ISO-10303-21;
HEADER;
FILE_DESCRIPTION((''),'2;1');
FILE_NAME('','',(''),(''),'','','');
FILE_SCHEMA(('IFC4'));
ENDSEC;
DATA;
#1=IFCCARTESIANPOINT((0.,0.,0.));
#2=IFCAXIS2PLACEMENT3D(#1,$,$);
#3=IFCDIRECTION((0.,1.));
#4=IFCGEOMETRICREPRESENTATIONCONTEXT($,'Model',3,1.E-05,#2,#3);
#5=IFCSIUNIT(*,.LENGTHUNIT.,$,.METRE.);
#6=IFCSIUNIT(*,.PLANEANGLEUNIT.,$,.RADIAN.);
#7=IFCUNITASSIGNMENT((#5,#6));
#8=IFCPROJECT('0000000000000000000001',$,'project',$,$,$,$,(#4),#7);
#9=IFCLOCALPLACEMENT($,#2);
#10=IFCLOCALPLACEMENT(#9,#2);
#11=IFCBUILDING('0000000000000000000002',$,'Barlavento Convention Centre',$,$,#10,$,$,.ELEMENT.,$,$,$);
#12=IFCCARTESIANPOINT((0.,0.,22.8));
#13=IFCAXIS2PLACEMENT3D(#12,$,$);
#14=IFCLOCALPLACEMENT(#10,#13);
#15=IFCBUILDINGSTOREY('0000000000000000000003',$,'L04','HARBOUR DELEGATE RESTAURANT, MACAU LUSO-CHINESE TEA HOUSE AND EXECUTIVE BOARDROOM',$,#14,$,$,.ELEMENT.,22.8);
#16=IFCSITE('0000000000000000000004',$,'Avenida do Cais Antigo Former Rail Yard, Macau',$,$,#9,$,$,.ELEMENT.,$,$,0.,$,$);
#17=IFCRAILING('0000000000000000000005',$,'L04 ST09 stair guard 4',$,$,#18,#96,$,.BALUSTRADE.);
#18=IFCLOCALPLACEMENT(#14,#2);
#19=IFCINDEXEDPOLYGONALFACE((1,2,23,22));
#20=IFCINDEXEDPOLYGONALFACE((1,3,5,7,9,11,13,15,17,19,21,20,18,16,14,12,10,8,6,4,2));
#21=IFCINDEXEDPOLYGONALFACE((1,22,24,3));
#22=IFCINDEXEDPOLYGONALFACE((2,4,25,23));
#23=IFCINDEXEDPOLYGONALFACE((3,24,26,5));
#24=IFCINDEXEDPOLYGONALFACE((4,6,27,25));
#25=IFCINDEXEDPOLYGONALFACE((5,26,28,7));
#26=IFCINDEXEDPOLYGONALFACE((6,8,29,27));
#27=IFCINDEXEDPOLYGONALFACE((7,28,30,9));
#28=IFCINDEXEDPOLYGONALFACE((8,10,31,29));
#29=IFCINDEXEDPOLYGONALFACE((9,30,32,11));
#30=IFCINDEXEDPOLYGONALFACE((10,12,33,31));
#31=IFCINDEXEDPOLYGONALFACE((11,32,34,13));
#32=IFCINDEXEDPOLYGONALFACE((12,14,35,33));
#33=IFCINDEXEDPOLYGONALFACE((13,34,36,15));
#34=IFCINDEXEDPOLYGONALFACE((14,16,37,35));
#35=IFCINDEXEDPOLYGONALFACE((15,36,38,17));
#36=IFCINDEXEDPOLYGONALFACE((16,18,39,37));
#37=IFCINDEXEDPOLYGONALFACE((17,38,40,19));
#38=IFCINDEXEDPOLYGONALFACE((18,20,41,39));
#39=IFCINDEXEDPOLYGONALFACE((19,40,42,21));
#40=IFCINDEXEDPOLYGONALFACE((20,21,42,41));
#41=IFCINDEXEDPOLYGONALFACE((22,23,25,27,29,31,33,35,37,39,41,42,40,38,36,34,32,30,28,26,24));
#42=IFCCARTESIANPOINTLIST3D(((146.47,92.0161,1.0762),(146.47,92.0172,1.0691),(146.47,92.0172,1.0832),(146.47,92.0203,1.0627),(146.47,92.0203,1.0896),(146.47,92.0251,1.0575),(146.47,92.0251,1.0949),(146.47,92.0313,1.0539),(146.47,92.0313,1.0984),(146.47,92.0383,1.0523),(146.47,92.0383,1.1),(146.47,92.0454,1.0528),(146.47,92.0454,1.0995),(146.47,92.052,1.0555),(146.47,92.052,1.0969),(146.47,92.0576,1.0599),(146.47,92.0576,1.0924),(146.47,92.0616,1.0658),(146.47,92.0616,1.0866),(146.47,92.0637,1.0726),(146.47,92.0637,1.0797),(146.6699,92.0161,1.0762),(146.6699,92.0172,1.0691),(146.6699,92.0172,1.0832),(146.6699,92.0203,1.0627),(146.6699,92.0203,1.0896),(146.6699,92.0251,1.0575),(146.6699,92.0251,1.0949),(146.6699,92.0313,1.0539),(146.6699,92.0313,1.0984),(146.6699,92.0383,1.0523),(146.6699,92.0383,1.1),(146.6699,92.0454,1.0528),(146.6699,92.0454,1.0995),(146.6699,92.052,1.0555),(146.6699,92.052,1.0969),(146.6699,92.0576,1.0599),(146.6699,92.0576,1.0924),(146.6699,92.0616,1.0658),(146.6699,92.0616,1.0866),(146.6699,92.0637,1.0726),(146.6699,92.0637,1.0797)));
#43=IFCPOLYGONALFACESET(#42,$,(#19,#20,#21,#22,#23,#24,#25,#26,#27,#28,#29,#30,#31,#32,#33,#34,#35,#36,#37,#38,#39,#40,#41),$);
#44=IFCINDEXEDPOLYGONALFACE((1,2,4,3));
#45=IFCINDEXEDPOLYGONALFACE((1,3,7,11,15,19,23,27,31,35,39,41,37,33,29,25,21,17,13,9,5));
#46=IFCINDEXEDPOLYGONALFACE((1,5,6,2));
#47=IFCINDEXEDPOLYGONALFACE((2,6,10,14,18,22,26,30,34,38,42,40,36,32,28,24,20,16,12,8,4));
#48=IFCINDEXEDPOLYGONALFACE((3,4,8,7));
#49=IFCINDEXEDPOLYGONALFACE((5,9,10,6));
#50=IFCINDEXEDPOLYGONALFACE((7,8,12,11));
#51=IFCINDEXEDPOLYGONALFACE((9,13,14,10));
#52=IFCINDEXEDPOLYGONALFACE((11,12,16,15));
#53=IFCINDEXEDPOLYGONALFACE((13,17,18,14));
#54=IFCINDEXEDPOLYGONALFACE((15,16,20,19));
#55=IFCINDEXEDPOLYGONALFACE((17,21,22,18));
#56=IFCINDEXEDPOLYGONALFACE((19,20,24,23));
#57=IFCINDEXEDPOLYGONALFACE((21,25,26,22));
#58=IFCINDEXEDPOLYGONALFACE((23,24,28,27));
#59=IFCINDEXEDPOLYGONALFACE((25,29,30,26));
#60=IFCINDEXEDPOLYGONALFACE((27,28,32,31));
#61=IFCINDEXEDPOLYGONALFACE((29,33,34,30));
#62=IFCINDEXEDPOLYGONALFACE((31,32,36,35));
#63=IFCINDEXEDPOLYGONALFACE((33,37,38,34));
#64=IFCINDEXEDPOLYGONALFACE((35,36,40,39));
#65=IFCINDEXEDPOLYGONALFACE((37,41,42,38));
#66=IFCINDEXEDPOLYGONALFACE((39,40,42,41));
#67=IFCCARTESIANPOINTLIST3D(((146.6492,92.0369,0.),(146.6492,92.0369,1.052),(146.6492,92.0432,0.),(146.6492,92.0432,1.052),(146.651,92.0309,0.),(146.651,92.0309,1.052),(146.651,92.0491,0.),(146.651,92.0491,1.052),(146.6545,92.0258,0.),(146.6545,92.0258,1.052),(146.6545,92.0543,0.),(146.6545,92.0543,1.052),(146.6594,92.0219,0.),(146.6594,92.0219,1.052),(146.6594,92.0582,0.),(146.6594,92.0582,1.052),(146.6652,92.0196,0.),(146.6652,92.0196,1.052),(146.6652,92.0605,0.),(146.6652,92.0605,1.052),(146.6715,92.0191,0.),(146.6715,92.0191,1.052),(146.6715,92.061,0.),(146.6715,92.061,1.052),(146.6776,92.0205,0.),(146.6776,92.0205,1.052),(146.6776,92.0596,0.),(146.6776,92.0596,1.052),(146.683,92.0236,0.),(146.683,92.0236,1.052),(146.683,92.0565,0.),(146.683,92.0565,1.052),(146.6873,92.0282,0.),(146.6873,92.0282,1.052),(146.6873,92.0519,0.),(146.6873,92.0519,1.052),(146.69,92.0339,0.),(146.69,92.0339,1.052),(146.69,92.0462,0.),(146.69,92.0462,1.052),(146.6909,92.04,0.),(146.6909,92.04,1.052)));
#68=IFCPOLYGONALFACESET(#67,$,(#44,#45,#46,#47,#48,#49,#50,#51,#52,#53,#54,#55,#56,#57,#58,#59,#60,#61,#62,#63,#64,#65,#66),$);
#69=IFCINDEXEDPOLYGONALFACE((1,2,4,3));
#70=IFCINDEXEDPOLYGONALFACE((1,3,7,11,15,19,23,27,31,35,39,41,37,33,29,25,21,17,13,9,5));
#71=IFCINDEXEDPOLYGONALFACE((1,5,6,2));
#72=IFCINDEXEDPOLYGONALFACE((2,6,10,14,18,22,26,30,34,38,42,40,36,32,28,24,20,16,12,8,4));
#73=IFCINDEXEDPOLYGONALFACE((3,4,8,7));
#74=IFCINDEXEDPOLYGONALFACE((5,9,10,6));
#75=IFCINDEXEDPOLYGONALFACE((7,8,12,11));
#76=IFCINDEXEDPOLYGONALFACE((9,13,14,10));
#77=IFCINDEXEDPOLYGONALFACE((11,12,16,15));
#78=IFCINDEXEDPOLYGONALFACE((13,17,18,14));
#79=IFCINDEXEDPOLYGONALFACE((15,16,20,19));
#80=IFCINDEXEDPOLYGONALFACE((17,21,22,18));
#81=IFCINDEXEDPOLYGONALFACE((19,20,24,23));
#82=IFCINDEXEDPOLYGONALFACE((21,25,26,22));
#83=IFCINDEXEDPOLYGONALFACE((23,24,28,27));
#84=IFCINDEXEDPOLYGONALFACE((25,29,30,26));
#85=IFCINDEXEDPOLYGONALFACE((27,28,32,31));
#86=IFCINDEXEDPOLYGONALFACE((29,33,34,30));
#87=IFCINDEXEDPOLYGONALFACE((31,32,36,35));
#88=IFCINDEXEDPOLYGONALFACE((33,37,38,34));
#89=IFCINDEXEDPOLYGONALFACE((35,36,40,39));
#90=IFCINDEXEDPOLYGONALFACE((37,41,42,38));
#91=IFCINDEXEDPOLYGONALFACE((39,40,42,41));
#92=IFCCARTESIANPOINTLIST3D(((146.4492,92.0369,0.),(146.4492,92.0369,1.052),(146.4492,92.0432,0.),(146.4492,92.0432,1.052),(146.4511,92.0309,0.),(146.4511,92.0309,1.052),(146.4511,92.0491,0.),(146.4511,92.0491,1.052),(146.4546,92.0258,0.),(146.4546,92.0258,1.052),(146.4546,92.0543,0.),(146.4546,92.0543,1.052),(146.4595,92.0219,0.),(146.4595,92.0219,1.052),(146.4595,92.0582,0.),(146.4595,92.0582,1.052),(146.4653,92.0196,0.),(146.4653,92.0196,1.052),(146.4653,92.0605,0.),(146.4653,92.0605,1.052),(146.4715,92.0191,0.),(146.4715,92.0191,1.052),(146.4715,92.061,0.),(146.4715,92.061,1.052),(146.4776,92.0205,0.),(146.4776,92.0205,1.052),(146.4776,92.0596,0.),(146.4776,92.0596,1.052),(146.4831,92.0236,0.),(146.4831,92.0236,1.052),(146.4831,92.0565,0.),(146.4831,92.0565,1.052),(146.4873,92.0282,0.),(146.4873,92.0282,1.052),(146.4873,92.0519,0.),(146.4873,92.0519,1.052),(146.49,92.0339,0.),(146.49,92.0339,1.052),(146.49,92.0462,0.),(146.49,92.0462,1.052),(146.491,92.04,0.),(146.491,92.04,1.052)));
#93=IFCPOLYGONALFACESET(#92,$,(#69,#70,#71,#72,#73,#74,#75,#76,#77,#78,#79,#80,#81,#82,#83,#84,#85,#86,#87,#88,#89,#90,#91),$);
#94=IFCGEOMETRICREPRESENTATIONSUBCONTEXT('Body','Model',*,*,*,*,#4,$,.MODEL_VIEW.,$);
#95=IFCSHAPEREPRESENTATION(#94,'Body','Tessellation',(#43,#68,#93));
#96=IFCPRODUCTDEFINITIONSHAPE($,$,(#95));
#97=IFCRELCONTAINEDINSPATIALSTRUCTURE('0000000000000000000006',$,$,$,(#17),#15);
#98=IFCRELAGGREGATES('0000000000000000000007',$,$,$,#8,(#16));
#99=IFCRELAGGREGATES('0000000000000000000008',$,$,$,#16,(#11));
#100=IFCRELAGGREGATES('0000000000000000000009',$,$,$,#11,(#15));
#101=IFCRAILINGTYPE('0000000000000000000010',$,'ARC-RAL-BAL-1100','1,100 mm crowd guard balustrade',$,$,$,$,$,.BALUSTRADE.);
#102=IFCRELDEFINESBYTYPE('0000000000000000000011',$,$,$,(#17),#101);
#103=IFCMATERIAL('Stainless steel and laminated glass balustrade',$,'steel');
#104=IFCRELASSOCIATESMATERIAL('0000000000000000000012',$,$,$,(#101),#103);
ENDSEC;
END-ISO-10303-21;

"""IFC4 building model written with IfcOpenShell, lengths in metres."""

from ifc_helpers import new_model, si_unit, direction, frame, origin, origin_2d, place, context, subcontext, project, spatial, circle, extrude, material, type_object, element, save


model = new_model("IFC4")

# Units and contexts
model_context = context("Model", 3, precision=1e-05, world=origin(), true_north=direction((0.0, 1.0)))
body_context = subcontext(model_context, "Body", "Model", "MODEL_VIEW")
ifc_project = project(units=[si_unit("LENGTHUNIT", "METRE"), si_unit("PLANEANGLEUNIT", "RADIAN")], contexts=[model_context])

# Site, building, storey
site_placement = place(None, origin())
site = spatial("IfcSite", under=ifc_project, at=site_placement, Name="Avenida do Cais Antigo Former Rail Yard, Macau", CompositionType="ELEMENT", RefElevation=0.0)
building_placement = place(site_placement, origin())
building = spatial("IfcBuilding", under=site, at=building_placement, Name="Barlavento Convention Centre", CompositionType="ELEMENT")
storey_placement = place(building_placement, frame((0.0, 0.0, 22.8)))
storey = spatial("IfcBuildingStorey", under=building, at=storey_placement, Name="L04", Description="HARBOUR DELEGATE RESTAURANT, MACAU LUSO-CHINESE TEA HOUSE AND EXECUTIVE BOARDROOM", CompositionType="ELEMENT", Elevation=22.8)

# Railing
ifc_material_1 = material(Name="Stainless steel and laminated glass balustrade", Category="steel")
railing_type_1 = type_object("IfcRailingType", Name="ARC-RAL-BAL-1100", Description="1,100 mm crowd guard balustrade", PredefinedType="BALUSTRADE", material=ifc_material_1)
railing_1_placement = place(storey_placement, frame((146.6699, 92.04, 0.0)))
element("IfcRailing", 1, at=railing_1_placement, inside=storey, type_object=railing_type_1, Name="L04 ST09 stair guard 4", PredefinedType="BALUSTRADE", context=body_context, shape_type="SweptSolid", body=[
    extrude(circle(Radius=0.0239, at=origin_2d()), frame((0.0, 0.0, 1.0762), z_axis=(-1.0, 0.0, 0.0), x_axis=(0.0, -1.0, 0.0)), (0.0, 0.0, 1.0), 0.2),
    extrude(circle(Radius=0.021, at=origin_2d()), origin(), (0.0, 0.0, 1.0), 1.052),
    extrude(circle(Radius=0.021, at=origin_2d()), frame((-0.2, 0.0, 0.0)), (0.0, 0.0, 1.0), 1.052),
])

save(model, "model.ifc")
